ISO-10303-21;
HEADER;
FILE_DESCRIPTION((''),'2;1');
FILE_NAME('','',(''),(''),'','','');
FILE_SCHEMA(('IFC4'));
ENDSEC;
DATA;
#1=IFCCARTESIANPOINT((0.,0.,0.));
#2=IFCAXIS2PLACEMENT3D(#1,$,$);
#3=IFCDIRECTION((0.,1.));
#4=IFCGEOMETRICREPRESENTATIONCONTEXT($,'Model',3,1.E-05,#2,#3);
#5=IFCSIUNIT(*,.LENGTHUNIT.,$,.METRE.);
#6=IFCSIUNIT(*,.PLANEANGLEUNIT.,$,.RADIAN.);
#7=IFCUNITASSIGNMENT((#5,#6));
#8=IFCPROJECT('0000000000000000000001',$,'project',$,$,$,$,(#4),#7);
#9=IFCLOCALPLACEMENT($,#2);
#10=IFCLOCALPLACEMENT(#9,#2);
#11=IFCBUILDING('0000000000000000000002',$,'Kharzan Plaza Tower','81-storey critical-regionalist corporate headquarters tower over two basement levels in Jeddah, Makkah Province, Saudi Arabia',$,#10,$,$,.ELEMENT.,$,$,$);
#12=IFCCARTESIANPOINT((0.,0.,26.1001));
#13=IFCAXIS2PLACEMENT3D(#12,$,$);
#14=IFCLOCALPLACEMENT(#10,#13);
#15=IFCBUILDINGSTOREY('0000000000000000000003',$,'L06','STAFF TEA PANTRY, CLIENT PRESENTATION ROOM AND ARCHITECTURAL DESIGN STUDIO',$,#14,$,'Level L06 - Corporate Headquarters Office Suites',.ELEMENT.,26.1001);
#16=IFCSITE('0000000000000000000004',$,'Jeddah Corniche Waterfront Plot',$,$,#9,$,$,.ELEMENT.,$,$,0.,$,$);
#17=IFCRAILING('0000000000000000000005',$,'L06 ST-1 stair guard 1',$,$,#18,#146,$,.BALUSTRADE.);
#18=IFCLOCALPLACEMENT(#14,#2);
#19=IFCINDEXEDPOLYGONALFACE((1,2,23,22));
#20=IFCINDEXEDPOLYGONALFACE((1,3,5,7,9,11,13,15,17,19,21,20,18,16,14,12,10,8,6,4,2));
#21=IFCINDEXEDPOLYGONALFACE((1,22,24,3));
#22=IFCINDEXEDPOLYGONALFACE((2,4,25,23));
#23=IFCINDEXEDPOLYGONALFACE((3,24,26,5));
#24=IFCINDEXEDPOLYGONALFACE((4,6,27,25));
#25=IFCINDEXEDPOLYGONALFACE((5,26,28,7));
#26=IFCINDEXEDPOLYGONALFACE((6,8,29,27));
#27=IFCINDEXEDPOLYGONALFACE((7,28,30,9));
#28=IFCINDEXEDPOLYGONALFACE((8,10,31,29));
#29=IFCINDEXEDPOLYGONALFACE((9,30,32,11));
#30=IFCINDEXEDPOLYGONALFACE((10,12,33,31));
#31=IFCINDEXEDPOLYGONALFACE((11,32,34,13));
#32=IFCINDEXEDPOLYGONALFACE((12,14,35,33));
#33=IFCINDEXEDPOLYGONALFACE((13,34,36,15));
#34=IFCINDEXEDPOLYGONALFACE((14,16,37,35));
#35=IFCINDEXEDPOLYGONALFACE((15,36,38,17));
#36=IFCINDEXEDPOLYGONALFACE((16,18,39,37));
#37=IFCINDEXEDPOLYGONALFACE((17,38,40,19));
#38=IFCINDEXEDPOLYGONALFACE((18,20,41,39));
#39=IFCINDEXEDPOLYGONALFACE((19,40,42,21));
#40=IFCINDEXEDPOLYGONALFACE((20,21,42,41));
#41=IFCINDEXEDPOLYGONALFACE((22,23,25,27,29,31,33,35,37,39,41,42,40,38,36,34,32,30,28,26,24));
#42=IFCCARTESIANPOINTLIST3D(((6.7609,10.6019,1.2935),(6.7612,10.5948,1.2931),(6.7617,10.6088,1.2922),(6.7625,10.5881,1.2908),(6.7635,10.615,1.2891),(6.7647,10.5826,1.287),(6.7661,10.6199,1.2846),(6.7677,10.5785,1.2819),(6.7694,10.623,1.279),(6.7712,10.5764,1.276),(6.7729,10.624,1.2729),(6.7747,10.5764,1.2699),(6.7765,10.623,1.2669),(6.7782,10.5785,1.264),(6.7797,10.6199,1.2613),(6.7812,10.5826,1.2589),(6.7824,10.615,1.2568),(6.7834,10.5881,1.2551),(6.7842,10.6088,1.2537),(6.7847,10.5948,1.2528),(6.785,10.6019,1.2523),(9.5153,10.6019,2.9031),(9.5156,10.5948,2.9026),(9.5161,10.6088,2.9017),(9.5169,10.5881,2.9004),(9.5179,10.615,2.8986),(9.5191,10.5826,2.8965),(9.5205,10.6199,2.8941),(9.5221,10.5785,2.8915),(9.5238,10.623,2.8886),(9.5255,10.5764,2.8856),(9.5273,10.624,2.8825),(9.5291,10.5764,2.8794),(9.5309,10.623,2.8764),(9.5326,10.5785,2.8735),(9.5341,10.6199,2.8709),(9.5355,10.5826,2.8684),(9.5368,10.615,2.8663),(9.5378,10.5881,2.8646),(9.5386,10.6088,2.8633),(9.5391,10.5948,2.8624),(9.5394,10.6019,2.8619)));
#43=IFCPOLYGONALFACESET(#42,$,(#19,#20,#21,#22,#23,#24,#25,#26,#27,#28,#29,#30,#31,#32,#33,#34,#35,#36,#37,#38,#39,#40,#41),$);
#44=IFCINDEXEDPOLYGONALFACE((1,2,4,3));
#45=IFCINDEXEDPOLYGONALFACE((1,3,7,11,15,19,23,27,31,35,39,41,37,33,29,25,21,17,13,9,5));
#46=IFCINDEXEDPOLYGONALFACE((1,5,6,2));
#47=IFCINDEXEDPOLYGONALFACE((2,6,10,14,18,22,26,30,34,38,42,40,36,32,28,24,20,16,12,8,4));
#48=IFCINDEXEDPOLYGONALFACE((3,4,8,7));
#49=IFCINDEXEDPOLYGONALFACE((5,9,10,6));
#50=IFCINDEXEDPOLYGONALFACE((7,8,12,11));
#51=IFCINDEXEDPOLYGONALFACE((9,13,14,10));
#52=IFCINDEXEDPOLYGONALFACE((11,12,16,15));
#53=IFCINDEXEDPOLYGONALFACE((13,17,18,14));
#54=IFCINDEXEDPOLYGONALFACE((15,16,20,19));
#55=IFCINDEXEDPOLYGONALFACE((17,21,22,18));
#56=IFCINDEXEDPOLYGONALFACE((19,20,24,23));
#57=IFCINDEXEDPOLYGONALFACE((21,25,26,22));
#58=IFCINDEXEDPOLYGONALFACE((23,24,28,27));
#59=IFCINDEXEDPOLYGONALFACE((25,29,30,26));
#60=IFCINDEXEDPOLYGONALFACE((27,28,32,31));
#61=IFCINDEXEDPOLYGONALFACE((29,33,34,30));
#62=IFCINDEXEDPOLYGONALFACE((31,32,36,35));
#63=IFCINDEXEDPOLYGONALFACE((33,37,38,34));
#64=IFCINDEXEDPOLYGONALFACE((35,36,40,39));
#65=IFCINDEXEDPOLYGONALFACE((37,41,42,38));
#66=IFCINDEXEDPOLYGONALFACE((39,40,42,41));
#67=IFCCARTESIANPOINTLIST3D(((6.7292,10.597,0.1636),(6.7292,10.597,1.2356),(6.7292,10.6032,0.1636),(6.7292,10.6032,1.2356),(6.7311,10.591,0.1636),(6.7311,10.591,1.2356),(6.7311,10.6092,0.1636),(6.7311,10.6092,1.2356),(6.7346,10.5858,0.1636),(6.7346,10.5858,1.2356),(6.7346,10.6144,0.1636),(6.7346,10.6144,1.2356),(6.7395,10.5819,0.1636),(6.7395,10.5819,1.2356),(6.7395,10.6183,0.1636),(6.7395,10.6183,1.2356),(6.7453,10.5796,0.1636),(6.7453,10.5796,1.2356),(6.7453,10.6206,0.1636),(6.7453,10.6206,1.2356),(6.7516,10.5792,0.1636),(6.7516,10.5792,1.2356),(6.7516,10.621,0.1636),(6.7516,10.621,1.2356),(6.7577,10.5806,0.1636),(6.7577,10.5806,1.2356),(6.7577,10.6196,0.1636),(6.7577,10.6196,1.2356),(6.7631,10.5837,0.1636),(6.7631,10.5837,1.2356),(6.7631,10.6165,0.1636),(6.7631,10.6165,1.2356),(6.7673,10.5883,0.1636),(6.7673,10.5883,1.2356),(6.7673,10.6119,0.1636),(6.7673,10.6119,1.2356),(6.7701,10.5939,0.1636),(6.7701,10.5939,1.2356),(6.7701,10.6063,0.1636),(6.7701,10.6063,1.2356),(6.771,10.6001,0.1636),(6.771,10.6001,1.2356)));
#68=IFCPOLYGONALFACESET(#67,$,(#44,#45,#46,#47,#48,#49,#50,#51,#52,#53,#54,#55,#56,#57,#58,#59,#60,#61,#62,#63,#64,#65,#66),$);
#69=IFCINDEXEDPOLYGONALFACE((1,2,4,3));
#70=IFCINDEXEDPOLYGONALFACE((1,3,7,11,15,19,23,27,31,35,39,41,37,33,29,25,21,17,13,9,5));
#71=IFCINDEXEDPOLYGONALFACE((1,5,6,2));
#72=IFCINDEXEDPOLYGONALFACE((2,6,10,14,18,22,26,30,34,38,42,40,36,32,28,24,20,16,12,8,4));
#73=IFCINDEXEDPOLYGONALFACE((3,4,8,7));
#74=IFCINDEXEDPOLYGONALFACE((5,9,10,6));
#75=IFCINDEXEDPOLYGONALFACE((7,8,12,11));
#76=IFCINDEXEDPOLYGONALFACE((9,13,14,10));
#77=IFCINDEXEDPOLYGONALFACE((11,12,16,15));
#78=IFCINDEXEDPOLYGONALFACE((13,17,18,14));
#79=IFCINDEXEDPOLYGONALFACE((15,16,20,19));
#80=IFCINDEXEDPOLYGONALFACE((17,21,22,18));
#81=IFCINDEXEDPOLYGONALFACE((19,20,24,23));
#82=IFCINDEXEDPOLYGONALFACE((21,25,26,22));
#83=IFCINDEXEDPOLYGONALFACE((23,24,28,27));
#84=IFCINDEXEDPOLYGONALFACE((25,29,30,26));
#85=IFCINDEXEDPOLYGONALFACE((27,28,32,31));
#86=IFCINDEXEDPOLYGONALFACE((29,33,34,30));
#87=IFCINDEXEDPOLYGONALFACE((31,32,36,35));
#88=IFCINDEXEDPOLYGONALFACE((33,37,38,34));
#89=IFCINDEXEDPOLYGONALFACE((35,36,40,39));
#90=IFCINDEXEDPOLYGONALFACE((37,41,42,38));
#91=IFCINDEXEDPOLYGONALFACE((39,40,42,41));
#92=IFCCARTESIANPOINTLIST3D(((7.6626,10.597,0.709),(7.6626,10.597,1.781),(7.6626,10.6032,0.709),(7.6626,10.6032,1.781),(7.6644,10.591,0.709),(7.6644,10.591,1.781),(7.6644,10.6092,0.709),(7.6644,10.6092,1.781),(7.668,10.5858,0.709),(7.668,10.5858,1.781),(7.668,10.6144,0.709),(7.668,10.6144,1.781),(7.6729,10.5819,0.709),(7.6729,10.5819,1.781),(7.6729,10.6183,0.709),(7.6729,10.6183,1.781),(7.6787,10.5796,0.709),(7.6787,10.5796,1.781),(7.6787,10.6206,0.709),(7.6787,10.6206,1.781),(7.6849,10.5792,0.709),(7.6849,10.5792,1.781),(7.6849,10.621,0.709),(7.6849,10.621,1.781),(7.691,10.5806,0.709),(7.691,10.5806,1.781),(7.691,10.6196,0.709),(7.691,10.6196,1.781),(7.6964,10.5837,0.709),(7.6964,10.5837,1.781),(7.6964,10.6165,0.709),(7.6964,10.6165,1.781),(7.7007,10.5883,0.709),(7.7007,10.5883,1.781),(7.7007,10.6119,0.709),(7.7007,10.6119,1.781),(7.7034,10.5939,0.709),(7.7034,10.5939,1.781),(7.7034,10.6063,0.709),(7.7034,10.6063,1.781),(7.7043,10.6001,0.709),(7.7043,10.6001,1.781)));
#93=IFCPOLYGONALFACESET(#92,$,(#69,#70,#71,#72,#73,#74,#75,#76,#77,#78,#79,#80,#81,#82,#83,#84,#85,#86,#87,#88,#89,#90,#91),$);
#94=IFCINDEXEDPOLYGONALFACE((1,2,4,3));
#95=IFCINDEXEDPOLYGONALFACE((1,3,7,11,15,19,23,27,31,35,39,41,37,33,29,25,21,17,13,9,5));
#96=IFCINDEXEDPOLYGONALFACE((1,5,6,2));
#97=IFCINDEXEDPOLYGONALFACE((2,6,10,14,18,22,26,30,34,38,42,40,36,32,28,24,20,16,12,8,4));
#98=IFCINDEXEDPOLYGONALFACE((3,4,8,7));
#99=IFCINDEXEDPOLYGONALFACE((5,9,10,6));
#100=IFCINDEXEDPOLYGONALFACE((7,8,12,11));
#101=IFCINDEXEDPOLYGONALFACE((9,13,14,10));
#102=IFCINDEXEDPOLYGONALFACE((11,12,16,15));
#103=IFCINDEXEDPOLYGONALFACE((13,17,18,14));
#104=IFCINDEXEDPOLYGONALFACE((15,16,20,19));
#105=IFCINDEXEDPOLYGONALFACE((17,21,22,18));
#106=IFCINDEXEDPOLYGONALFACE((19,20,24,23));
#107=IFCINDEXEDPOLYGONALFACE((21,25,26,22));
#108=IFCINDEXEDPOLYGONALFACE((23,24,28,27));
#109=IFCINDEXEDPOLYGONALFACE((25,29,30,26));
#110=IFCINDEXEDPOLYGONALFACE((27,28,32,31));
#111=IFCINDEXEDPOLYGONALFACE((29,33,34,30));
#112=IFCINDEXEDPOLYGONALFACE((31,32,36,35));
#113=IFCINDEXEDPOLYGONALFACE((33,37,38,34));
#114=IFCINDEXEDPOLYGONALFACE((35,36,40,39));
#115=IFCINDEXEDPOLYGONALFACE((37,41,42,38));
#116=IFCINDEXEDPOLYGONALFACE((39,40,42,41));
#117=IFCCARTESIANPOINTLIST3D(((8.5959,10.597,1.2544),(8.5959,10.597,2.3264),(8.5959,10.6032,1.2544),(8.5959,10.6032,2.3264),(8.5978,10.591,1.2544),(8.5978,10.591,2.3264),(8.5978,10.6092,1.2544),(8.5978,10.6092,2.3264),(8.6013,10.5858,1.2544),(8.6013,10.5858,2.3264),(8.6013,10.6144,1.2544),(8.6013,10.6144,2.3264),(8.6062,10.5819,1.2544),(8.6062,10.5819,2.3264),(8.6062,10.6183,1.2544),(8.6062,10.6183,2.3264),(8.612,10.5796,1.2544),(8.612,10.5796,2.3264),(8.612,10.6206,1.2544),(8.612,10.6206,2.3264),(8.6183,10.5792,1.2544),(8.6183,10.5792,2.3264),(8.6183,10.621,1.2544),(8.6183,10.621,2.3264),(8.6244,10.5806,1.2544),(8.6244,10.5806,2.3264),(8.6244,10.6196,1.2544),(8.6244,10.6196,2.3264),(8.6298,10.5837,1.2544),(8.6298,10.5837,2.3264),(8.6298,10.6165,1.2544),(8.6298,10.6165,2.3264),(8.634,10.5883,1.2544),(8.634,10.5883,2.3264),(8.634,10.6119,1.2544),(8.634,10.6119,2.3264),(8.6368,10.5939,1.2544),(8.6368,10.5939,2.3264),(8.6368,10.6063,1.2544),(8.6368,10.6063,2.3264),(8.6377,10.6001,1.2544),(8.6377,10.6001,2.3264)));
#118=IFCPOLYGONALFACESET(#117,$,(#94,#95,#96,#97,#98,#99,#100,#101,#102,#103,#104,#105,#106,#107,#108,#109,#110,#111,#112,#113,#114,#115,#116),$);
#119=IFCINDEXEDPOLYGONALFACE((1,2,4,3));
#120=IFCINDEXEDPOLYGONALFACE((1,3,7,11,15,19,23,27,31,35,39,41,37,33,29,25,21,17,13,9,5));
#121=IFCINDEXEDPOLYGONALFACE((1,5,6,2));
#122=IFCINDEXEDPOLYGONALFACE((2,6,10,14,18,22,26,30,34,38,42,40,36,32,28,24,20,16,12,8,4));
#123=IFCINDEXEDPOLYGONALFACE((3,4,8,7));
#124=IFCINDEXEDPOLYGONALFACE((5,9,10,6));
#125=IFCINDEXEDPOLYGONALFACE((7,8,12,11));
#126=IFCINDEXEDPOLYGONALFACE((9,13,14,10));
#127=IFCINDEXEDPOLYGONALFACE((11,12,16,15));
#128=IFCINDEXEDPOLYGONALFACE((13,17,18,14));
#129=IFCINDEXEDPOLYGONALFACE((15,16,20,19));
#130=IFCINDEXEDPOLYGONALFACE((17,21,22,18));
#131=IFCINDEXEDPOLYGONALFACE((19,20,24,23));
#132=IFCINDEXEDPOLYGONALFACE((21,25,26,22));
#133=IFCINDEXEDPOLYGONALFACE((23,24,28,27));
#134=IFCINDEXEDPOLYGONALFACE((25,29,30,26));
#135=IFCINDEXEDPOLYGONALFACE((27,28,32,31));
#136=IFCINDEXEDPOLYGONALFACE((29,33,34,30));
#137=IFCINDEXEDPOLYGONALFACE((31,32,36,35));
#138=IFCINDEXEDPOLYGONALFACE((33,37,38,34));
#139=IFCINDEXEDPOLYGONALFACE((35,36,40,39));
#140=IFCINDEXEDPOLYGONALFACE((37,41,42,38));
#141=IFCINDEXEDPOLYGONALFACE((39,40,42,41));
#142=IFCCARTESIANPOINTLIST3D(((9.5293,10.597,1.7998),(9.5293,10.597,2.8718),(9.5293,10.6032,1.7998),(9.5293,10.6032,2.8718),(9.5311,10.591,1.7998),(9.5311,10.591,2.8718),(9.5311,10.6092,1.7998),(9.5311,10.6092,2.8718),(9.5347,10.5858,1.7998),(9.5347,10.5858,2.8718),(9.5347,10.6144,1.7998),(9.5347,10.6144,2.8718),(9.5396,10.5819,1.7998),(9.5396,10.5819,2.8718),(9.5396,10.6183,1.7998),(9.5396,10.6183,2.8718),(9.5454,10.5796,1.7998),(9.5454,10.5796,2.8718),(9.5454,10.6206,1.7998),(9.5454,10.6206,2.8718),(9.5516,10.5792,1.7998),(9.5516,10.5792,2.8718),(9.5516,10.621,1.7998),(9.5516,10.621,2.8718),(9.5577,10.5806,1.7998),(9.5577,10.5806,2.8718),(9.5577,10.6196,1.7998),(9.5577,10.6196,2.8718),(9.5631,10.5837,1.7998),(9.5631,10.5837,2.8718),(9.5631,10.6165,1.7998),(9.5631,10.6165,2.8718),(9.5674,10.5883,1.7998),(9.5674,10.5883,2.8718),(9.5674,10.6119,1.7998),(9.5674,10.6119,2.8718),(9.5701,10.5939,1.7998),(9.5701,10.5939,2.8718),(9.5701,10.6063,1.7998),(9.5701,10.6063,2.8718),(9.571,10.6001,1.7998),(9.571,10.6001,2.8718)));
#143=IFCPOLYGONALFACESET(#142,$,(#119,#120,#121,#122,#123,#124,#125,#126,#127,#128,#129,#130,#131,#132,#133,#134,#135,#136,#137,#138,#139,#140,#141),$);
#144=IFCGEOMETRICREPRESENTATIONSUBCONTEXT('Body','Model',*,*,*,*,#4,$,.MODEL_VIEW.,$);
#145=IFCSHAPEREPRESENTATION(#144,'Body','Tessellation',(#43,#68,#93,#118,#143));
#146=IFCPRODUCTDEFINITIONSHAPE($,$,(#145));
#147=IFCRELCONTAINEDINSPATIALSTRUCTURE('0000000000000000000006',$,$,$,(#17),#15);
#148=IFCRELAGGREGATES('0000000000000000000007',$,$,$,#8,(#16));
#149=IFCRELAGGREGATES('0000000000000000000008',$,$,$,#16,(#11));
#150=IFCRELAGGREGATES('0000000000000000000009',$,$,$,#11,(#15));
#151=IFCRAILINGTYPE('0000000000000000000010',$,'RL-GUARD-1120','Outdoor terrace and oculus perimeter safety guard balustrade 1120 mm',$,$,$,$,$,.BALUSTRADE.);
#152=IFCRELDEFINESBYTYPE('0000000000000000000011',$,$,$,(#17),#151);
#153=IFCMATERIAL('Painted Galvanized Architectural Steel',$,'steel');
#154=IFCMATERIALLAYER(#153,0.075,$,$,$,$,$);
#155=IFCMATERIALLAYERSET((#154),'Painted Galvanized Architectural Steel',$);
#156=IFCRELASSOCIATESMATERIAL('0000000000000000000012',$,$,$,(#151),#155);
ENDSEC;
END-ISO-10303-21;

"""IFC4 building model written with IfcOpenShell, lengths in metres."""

from ifc_helpers import new_model, si_unit, direction, frame, origin, origin_2d, place, context, subcontext, project, spatial, circle, extrude, source, transform, mapped, material, layer, layer_set, type_object, element, save


model = new_model("IFC4")

# Units and contexts
model_context = context("Model", 3, precision=1e-05, world=origin(), true_north=direction((0.0, 1.0)))
body_context = subcontext(model_context, "Body", "Model", "MODEL_VIEW")
ifc_project = project(units=[si_unit("LENGTHUNIT", "METRE"), si_unit("PLANEANGLEUNIT", "RADIAN")], contexts=[model_context])

# Site, building, storey
site_placement = place(None, origin())
site = spatial("IfcSite", under=ifc_project, at=site_placement, Name="Jeddah Corniche Waterfront Plot", CompositionType="ELEMENT", RefElevation=0.0)
building_placement = place(site_placement, origin())
building = spatial("IfcBuilding", under=site, at=building_placement, Name="Kharzan Plaza Tower", Description="81-storey critical-regionalist corporate headquarters tower over two basement levels in Jeddah, Makkah Province, Saudi Arabia", CompositionType="ELEMENT")
storey_placement = place(building_placement, frame((0.0, 0.0, 26.1001)))
storey = spatial("IfcBuildingStorey", under=building, at=storey_placement, Name="L06", Description="STAFF TEA PANTRY, CLIENT PRESENTATION ROOM AND ARCHITECTURAL DESIGN STUDIO", LongName="Level L06 - Corporate Headquarters Office Suites", CompositionType="ELEMENT", Elevation=26.1001)

# Railing
ifc_material_1 = material(Name="Painted Galvanized Architectural Steel", Category="steel")
ifc_layer_1 = layer(ifc_material_1, 0.075)
ifc_layer_set_1 = layer_set([ifc_layer_1], Name="Painted Galvanized Architectural Steel")
railing_type_1 = type_object("IfcRailingType", Name="RL-GUARD-1120", Description="Outdoor terrace and oculus perimeter safety guard balustrade 1120 mm", PredefinedType="BALUSTRADE", material=ifc_layer_set_1)
shared_shape_1 = source(origin(), body_context, "Body", "SweptSolid", [
    extrude(circle(Radius=0.0239, at=origin_2d()), frame((0.0229, 0.0, 1.1094), z_axis=(0.863394, 0.0, 0.504531), x_axis=(0.0, 1.0, 0.0)), (0.0, 0.0, 1.0), 3.1902),
    extrude(circle(Radius=0.021, at=origin_2d()), origin(), (0.0, 0.0, 1.0), 1.072),
    extrude(circle(Radius=0.021, at=origin_2d()), frame((0.9333, 0.0, 0.5454)), (0.0, 0.0, 1.0), 1.072),
    extrude(circle(Radius=0.021, at=origin_2d()), frame((1.8667, 0.0, 1.0908)), (0.0, 0.0, 1.0), 1.072),
    extrude(circle(Radius=0.021, at=origin_2d()), frame((2.8, 0.0, 1.6362)), (0.0, 0.0, 1.0), 1.072),
])
railing_1_placement = place(storey_placement, frame((6.75, 10.6001, 0.1636)))
element("IfcRailing", 1, at=railing_1_placement, inside=storey, type_object=railing_type_1, Name="L06 ST-1 stair guard 1", PredefinedType="BALUSTRADE", context=body_context, shape_type="MappedRepresentation", body=[
    mapped(shared_shape_1, transform((0.0, 0.0, 0.0), x_axis=(1.0, 0.0, 0.0), y_axis=(0.0, 1.0, 0.0), z_axis=(0.0, 0.0, 1.0))),
])

save(model, "model.ifc")
